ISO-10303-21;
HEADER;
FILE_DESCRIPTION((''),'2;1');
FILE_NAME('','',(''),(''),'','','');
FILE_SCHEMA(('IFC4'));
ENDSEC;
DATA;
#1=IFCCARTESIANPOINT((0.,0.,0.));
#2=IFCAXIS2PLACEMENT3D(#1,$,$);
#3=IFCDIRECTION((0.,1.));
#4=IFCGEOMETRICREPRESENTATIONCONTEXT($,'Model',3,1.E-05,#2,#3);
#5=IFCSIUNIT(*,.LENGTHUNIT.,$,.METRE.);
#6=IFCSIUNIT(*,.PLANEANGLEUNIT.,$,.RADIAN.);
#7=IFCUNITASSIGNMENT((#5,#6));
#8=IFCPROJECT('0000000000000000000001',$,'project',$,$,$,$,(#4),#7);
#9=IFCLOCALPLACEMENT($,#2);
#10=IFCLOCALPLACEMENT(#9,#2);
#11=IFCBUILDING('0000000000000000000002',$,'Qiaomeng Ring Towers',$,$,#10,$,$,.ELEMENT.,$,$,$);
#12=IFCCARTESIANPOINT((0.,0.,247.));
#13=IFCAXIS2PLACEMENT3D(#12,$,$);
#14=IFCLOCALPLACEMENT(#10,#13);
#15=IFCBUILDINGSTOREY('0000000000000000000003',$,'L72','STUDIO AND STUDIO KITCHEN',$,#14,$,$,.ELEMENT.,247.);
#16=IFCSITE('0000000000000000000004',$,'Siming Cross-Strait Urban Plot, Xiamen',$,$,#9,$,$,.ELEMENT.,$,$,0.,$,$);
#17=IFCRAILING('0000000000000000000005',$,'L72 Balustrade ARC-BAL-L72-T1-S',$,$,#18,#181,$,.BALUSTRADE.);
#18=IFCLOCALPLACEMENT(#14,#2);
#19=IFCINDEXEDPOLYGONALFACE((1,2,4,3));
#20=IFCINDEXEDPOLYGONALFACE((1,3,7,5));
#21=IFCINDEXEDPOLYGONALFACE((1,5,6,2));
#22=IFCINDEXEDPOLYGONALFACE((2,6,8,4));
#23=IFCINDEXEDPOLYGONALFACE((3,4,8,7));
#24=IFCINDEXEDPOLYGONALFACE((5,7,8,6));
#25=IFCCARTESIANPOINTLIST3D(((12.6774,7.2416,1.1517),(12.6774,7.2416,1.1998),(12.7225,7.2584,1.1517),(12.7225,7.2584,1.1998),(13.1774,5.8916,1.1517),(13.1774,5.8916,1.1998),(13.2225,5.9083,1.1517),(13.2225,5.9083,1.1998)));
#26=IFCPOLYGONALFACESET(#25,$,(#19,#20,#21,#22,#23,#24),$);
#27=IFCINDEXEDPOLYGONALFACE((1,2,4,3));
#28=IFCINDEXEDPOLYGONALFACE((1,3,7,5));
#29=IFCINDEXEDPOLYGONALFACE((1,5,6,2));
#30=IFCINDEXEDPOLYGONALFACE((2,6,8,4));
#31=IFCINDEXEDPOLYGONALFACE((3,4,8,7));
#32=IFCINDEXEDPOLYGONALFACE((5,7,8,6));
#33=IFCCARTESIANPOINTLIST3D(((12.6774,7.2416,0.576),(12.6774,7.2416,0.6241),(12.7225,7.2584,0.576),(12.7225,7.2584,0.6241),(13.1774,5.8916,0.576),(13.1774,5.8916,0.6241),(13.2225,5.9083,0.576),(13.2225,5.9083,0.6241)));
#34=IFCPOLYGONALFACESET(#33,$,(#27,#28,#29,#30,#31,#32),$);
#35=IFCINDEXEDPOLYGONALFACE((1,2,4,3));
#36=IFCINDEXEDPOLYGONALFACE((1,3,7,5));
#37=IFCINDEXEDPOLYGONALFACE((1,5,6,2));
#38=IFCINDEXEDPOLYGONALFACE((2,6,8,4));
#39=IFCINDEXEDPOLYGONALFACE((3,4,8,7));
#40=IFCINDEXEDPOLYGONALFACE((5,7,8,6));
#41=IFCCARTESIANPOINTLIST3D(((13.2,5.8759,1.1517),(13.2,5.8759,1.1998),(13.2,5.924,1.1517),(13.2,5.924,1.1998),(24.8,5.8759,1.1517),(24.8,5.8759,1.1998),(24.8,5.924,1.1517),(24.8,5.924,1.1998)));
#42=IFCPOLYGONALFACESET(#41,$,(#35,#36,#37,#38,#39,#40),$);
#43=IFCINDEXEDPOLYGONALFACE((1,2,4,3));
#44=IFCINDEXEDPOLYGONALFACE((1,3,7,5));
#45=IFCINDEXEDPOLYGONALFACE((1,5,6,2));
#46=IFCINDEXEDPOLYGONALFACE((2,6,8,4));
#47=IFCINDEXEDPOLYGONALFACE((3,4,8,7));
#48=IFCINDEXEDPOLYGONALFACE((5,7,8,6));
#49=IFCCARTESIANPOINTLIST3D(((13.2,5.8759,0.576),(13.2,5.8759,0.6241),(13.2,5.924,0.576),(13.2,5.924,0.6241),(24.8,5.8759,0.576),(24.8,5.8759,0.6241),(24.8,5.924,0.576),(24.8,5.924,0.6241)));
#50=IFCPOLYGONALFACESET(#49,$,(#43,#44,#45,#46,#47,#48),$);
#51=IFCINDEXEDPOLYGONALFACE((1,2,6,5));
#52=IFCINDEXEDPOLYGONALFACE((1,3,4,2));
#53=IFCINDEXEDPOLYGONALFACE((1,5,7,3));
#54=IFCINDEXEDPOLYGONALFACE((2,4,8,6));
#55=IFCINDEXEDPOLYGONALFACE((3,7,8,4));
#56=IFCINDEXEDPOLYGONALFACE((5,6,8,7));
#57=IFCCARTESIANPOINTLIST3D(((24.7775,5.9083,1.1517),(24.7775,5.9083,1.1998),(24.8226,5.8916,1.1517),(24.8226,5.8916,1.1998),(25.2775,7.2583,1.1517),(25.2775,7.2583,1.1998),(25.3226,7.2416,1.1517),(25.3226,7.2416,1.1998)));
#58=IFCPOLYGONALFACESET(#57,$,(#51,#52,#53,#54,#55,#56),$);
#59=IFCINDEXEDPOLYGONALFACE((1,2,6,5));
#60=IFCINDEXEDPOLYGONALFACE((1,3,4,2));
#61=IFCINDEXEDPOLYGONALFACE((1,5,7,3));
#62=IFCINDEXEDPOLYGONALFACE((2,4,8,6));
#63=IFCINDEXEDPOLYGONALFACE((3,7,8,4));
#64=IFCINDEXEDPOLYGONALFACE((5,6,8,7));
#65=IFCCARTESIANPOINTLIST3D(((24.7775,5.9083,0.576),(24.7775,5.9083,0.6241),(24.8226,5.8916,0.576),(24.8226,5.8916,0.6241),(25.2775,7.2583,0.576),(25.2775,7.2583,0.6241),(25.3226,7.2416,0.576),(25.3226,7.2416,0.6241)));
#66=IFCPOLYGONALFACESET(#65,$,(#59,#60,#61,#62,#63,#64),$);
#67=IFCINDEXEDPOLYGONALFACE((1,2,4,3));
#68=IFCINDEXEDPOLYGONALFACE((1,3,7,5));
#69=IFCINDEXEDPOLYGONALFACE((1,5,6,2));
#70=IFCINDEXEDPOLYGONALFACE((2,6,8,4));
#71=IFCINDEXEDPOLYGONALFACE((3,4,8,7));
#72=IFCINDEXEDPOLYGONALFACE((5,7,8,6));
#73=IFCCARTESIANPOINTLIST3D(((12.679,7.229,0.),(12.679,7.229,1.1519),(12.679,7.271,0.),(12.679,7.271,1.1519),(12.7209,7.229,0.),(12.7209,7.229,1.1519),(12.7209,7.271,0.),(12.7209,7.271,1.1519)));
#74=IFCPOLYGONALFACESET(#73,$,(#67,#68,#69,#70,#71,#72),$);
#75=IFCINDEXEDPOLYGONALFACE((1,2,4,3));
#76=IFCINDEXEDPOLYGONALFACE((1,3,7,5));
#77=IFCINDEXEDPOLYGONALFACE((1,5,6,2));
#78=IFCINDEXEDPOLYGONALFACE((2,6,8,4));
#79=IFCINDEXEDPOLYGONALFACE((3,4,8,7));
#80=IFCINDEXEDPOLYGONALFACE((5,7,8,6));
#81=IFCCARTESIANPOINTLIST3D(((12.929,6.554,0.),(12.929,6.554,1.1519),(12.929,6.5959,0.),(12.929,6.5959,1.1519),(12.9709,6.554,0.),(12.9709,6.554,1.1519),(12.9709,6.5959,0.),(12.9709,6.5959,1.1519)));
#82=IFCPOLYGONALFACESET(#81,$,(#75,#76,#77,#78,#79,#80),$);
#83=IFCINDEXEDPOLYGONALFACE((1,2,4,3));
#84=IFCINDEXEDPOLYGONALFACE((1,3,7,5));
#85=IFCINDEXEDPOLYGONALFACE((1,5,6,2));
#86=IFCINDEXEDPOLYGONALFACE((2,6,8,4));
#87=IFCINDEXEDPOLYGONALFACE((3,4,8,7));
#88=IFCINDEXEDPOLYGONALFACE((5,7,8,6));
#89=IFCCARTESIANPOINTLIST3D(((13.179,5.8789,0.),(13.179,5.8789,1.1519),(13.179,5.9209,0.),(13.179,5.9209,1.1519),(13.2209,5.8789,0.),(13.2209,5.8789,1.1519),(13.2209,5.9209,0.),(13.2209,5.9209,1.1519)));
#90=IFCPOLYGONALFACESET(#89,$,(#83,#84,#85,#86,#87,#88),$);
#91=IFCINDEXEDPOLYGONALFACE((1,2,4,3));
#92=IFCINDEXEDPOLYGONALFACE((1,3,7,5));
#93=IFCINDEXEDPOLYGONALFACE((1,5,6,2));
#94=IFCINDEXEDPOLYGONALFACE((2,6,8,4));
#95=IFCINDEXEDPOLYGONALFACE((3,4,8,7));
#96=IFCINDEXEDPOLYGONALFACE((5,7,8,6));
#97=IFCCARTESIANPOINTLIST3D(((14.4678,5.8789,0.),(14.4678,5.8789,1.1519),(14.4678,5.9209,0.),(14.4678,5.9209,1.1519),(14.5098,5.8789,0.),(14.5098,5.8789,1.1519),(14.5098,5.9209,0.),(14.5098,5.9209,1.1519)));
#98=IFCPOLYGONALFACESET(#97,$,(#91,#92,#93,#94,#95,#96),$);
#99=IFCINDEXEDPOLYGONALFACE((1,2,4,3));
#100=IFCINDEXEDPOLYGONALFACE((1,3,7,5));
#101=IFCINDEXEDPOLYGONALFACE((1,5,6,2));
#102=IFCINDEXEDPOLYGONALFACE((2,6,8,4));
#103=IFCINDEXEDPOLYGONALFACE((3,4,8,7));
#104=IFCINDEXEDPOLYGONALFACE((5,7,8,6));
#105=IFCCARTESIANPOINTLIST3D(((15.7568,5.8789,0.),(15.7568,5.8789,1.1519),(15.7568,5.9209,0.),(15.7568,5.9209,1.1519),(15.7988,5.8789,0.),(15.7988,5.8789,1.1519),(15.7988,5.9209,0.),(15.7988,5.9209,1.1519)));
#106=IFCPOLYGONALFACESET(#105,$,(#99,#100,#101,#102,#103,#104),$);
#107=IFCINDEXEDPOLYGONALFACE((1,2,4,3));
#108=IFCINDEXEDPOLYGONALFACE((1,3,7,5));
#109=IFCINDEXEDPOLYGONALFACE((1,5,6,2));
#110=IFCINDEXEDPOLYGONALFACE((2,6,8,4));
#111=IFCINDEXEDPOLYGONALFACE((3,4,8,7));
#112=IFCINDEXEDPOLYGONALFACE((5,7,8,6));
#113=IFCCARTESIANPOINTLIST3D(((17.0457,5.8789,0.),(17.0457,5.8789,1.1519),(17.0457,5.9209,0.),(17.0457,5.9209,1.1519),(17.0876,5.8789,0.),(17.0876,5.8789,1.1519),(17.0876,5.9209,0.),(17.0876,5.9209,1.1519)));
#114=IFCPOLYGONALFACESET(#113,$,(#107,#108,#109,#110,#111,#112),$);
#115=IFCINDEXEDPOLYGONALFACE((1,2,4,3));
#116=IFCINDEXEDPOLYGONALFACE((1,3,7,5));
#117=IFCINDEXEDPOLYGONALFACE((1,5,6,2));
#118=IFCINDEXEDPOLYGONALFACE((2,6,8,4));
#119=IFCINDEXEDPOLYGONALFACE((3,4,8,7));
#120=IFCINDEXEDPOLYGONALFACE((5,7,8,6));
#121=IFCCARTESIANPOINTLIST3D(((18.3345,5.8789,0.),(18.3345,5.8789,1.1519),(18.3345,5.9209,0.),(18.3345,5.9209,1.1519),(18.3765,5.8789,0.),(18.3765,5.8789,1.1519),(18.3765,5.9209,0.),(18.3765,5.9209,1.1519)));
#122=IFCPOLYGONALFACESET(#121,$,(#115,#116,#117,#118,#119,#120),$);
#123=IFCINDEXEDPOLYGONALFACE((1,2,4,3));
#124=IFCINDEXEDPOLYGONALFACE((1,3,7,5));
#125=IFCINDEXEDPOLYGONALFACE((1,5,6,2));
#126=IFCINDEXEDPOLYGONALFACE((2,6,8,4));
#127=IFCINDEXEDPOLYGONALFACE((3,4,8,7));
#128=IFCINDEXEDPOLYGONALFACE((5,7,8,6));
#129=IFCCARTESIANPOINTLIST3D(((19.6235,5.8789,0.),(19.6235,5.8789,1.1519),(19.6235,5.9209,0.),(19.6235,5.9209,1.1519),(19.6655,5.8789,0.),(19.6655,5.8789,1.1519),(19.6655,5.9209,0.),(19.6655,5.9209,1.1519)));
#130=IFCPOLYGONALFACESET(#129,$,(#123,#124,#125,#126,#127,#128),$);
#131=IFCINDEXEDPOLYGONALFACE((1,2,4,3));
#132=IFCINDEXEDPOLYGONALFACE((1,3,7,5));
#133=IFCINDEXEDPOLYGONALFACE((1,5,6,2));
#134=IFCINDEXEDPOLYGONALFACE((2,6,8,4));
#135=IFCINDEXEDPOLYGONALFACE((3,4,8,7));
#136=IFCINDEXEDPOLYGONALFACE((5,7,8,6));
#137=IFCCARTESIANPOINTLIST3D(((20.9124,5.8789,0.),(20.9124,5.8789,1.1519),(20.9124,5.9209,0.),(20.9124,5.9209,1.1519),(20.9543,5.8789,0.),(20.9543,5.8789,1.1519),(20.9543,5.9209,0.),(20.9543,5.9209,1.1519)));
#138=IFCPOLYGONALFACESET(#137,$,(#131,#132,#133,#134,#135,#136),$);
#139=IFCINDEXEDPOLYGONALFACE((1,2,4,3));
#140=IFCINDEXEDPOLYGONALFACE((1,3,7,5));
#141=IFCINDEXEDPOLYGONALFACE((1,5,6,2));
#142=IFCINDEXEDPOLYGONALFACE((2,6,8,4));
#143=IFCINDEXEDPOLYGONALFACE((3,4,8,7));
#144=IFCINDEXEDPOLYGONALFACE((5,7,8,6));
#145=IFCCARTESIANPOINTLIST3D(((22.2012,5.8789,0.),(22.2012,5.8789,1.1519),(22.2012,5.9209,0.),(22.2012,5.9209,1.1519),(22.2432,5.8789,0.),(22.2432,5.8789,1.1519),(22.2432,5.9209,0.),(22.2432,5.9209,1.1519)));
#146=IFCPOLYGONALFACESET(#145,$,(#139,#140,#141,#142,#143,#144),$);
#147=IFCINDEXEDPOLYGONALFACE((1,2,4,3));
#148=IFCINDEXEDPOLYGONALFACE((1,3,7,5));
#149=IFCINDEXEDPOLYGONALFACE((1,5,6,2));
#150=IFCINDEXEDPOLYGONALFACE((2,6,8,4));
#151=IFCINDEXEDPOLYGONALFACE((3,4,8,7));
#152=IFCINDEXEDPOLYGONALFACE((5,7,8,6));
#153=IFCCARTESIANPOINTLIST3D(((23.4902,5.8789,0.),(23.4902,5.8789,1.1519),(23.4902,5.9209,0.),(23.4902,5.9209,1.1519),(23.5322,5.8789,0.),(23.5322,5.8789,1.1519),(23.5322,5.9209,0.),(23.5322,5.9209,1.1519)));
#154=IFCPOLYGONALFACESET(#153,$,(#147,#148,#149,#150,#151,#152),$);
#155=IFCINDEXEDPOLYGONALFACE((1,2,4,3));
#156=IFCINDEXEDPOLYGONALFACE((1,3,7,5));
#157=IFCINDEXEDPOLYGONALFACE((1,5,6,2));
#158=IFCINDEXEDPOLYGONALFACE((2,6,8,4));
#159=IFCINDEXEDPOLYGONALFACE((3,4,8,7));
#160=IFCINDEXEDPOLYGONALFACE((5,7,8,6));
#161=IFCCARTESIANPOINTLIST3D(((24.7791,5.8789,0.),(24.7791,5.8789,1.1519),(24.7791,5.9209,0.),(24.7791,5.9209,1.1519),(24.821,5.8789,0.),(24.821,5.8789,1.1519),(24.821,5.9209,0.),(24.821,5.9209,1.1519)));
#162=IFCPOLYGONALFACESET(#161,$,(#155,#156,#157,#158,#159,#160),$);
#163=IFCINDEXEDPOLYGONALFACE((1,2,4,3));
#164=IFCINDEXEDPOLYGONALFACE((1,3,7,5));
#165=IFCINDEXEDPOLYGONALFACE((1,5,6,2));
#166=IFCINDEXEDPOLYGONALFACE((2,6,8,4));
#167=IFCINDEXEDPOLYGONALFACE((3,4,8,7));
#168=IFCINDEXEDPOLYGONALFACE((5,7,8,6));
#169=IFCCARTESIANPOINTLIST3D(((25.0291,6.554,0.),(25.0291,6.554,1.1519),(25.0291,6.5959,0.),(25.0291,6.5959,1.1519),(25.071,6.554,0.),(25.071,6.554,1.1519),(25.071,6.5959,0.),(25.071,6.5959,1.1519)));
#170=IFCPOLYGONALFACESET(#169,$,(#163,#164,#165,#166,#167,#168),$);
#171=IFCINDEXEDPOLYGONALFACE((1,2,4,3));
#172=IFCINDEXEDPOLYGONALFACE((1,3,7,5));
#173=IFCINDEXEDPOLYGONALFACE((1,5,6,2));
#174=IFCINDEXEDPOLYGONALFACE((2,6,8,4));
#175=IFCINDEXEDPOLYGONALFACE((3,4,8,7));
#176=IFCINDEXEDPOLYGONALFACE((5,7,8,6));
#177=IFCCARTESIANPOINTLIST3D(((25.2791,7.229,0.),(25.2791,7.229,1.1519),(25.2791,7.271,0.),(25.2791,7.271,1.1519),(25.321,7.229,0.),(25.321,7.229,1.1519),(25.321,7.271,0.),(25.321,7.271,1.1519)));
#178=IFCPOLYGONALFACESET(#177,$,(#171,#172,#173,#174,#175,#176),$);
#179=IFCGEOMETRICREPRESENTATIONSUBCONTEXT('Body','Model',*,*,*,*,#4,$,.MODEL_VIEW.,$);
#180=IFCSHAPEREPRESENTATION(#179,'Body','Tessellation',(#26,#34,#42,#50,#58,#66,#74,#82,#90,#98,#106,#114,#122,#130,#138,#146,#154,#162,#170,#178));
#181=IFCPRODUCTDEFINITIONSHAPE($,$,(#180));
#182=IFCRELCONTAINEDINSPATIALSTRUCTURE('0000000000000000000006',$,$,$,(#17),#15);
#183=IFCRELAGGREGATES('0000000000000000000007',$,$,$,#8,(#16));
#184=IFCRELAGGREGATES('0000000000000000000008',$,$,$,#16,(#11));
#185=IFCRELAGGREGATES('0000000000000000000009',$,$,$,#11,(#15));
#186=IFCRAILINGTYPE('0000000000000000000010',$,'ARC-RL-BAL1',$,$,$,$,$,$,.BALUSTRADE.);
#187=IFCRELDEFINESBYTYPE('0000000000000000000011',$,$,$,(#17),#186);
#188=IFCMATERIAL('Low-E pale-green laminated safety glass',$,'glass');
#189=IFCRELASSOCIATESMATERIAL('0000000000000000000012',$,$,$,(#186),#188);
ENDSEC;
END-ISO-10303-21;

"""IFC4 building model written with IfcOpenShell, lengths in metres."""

from ifc_helpers import new_model, si_unit, direction, frame, origin, origin_2d, place, context, subcontext, project, spatial, rectangle, extrude, material, type_object, element, save


model = new_model("IFC4")

# Units and contexts
model_context = context("Model", 3, precision=1e-05, world=origin(), true_north=direction((0.0, 1.0)))
body_context = subcontext(model_context, "Body", "Model", "MODEL_VIEW")
ifc_project = project(units=[si_unit("LENGTHUNIT", "METRE"), si_unit("PLANEANGLEUNIT", "RADIAN")], contexts=[model_context])

# Site, building, storey
site_placement = place(None, origin())
site = spatial("IfcSite", under=ifc_project, at=site_placement, Name="Siming Cross-Strait Urban Plot, Xiamen", CompositionType="ELEMENT", RefElevation=0.0)
building_placement = place(site_placement, origin())
building = spatial("IfcBuilding", under=site, at=building_placement, Name="Qiaomeng Ring Towers", CompositionType="ELEMENT")
storey_placement = place(building_placement, frame((0.0, 0.0, 247.0)))
storey = spatial("IfcBuildingStorey", under=building, at=storey_placement, Name="L72", Description="STUDIO AND STUDIO KITCHEN", CompositionType="ELEMENT", Elevation=247.0)

# Railing
ifc_material_1 = material(Name="Low-E pale-green laminated safety glass", Category="glass")
railing_type = type_object("IfcRailingType", Name="ARC-RL-BAL1", PredefinedType="BALUSTRADE", material=ifc_material_1)
railing_placement = place(storey_placement, frame((12.7, 7.25, 0.0)))
element("IfcRailing", 1, at=railing_placement, inside=storey, type_object=railing_type, Name="L72 Balustrade ARC-BAL-L72-T1-S", PredefinedType="BALUSTRADE", context=body_context, shape_type="SweptSolid", body=[
    extrude(rectangle(XDim=0.0481, YDim=0.0481, at=origin_2d()), frame((0.0, 0.0, 1.1758), z_axis=(0.347292, -0.937757, 0.0), x_axis=(0.937757, 0.347292, 0.0)), (0.0, 0.0, 1.0), 1.4397),
    extrude(rectangle(XDim=0.0481, YDim=0.0481, at=origin_2d()), frame((0.0, 0.0, 0.6001), z_axis=(0.347292, -0.937757, 0.0), x_axis=(0.937757, 0.347292, 0.0)), (0.0, 0.0, 1.0), 1.4397),
    extrude(rectangle(XDim=0.0481, YDim=0.0481, at=origin_2d()), frame((0.5, -1.3501, 1.1758), z_axis=(1.0, 0.0, 0.0), x_axis=(0.0, 1.0, 0.0)), (0.0, 0.0, 1.0), 11.6001),
    extrude(rectangle(XDim=0.0481, YDim=0.0481, at=origin_2d()), frame((0.5, -1.3501, 0.6001), z_axis=(1.0, 0.0, 0.0), x_axis=(0.0, 1.0, 0.0)), (0.0, 0.0, 1.0), 11.6001),
    extrude(rectangle(XDim=0.0481, YDim=0.0481, at=origin_2d()), frame((12.1001, -1.3501, 1.1758), z_axis=(0.347292, 0.937757, 0.0), x_axis=(-0.937757, 0.347292, 0.0)), (0.0, 0.0, 1.0), 1.4397),
    extrude(rectangle(XDim=0.0481, YDim=0.0481, at=origin_2d()), frame((12.1001, -1.3501, 0.6001), z_axis=(0.347292, 0.937757, 0.0), x_axis=(-0.937757, 0.347292, 0.0)), (0.0, 0.0, 1.0), 1.4397),
    extrude(rectangle(XDim=0.042, YDim=0.042, at=origin_2d()), origin(), (0.0, 0.0, 1.0), 1.1519),
    extrude(rectangle(XDim=0.042, YDim=0.042, at=origin_2d()), frame((0.25, -0.675, 0.0)), (0.0, 0.0, 1.0), 1.1519),
    extrude(rectangle(XDim=0.042, YDim=0.042, at=origin_2d()), frame((0.5, -1.3501, 0.0)), (0.0, 0.0, 1.0), 1.1519),
    extrude(rectangle(XDim=0.042, YDim=0.042, at=origin_2d()), frame((1.7888, -1.3501, 0.0)), (0.0, 0.0, 1.0), 1.1519),
    extrude(rectangle(XDim=0.042, YDim=0.042, at=origin_2d()), frame((3.0779, -1.3501, 0.0)), (0.0, 0.0, 1.0), 1.1519),
    extrude(rectangle(XDim=0.042, YDim=0.042, at=origin_2d()), frame((4.3667, -1.3501, 0.0)), (0.0, 0.0, 1.0), 1.1519),
    extrude(rectangle(XDim=0.042, YDim=0.042, at=origin_2d()), frame((5.6555, -1.3501, 0.0)), (0.0, 0.0, 1.0), 1.1519),
    extrude(rectangle(XDim=0.042, YDim=0.042, at=origin_2d()), frame((6.9446, -1.3501, 0.0)), (0.0, 0.0, 1.0), 1.1519),
    extrude(rectangle(XDim=0.042, YDim=0.042, at=origin_2d()), frame((8.2334, -1.3501, 0.0)), (0.0, 0.0, 1.0), 1.1519),
    extrude(rectangle(XDim=0.042, YDim=0.042, at=origin_2d()), frame((9.5222, -1.3501, 0.0)), (0.0, 0.0, 1.0), 1.1519),
    extrude(rectangle(XDim=0.042, YDim=0.042, at=origin_2d()), frame((10.8113, -1.3501, 0.0)), (0.0, 0.0, 1.0), 1.1519),
    extrude(rectangle(XDim=0.042, YDim=0.042, at=origin_2d()), frame((12.1001, -1.3501, 0.0)), (0.0, 0.0, 1.0), 1.1519),
    extrude(rectangle(XDim=0.042, YDim=0.042, at=origin_2d()), frame((12.3501, -0.675, 0.0)), (0.0, 0.0, 1.0), 1.1519),
    extrude(rectangle(XDim=0.042, YDim=0.042, at=origin_2d()), frame((12.6001, 0.0, 0.0)), (0.0, 0.0, 1.0), 1.1519),
])

save(model, "model.ifc")
